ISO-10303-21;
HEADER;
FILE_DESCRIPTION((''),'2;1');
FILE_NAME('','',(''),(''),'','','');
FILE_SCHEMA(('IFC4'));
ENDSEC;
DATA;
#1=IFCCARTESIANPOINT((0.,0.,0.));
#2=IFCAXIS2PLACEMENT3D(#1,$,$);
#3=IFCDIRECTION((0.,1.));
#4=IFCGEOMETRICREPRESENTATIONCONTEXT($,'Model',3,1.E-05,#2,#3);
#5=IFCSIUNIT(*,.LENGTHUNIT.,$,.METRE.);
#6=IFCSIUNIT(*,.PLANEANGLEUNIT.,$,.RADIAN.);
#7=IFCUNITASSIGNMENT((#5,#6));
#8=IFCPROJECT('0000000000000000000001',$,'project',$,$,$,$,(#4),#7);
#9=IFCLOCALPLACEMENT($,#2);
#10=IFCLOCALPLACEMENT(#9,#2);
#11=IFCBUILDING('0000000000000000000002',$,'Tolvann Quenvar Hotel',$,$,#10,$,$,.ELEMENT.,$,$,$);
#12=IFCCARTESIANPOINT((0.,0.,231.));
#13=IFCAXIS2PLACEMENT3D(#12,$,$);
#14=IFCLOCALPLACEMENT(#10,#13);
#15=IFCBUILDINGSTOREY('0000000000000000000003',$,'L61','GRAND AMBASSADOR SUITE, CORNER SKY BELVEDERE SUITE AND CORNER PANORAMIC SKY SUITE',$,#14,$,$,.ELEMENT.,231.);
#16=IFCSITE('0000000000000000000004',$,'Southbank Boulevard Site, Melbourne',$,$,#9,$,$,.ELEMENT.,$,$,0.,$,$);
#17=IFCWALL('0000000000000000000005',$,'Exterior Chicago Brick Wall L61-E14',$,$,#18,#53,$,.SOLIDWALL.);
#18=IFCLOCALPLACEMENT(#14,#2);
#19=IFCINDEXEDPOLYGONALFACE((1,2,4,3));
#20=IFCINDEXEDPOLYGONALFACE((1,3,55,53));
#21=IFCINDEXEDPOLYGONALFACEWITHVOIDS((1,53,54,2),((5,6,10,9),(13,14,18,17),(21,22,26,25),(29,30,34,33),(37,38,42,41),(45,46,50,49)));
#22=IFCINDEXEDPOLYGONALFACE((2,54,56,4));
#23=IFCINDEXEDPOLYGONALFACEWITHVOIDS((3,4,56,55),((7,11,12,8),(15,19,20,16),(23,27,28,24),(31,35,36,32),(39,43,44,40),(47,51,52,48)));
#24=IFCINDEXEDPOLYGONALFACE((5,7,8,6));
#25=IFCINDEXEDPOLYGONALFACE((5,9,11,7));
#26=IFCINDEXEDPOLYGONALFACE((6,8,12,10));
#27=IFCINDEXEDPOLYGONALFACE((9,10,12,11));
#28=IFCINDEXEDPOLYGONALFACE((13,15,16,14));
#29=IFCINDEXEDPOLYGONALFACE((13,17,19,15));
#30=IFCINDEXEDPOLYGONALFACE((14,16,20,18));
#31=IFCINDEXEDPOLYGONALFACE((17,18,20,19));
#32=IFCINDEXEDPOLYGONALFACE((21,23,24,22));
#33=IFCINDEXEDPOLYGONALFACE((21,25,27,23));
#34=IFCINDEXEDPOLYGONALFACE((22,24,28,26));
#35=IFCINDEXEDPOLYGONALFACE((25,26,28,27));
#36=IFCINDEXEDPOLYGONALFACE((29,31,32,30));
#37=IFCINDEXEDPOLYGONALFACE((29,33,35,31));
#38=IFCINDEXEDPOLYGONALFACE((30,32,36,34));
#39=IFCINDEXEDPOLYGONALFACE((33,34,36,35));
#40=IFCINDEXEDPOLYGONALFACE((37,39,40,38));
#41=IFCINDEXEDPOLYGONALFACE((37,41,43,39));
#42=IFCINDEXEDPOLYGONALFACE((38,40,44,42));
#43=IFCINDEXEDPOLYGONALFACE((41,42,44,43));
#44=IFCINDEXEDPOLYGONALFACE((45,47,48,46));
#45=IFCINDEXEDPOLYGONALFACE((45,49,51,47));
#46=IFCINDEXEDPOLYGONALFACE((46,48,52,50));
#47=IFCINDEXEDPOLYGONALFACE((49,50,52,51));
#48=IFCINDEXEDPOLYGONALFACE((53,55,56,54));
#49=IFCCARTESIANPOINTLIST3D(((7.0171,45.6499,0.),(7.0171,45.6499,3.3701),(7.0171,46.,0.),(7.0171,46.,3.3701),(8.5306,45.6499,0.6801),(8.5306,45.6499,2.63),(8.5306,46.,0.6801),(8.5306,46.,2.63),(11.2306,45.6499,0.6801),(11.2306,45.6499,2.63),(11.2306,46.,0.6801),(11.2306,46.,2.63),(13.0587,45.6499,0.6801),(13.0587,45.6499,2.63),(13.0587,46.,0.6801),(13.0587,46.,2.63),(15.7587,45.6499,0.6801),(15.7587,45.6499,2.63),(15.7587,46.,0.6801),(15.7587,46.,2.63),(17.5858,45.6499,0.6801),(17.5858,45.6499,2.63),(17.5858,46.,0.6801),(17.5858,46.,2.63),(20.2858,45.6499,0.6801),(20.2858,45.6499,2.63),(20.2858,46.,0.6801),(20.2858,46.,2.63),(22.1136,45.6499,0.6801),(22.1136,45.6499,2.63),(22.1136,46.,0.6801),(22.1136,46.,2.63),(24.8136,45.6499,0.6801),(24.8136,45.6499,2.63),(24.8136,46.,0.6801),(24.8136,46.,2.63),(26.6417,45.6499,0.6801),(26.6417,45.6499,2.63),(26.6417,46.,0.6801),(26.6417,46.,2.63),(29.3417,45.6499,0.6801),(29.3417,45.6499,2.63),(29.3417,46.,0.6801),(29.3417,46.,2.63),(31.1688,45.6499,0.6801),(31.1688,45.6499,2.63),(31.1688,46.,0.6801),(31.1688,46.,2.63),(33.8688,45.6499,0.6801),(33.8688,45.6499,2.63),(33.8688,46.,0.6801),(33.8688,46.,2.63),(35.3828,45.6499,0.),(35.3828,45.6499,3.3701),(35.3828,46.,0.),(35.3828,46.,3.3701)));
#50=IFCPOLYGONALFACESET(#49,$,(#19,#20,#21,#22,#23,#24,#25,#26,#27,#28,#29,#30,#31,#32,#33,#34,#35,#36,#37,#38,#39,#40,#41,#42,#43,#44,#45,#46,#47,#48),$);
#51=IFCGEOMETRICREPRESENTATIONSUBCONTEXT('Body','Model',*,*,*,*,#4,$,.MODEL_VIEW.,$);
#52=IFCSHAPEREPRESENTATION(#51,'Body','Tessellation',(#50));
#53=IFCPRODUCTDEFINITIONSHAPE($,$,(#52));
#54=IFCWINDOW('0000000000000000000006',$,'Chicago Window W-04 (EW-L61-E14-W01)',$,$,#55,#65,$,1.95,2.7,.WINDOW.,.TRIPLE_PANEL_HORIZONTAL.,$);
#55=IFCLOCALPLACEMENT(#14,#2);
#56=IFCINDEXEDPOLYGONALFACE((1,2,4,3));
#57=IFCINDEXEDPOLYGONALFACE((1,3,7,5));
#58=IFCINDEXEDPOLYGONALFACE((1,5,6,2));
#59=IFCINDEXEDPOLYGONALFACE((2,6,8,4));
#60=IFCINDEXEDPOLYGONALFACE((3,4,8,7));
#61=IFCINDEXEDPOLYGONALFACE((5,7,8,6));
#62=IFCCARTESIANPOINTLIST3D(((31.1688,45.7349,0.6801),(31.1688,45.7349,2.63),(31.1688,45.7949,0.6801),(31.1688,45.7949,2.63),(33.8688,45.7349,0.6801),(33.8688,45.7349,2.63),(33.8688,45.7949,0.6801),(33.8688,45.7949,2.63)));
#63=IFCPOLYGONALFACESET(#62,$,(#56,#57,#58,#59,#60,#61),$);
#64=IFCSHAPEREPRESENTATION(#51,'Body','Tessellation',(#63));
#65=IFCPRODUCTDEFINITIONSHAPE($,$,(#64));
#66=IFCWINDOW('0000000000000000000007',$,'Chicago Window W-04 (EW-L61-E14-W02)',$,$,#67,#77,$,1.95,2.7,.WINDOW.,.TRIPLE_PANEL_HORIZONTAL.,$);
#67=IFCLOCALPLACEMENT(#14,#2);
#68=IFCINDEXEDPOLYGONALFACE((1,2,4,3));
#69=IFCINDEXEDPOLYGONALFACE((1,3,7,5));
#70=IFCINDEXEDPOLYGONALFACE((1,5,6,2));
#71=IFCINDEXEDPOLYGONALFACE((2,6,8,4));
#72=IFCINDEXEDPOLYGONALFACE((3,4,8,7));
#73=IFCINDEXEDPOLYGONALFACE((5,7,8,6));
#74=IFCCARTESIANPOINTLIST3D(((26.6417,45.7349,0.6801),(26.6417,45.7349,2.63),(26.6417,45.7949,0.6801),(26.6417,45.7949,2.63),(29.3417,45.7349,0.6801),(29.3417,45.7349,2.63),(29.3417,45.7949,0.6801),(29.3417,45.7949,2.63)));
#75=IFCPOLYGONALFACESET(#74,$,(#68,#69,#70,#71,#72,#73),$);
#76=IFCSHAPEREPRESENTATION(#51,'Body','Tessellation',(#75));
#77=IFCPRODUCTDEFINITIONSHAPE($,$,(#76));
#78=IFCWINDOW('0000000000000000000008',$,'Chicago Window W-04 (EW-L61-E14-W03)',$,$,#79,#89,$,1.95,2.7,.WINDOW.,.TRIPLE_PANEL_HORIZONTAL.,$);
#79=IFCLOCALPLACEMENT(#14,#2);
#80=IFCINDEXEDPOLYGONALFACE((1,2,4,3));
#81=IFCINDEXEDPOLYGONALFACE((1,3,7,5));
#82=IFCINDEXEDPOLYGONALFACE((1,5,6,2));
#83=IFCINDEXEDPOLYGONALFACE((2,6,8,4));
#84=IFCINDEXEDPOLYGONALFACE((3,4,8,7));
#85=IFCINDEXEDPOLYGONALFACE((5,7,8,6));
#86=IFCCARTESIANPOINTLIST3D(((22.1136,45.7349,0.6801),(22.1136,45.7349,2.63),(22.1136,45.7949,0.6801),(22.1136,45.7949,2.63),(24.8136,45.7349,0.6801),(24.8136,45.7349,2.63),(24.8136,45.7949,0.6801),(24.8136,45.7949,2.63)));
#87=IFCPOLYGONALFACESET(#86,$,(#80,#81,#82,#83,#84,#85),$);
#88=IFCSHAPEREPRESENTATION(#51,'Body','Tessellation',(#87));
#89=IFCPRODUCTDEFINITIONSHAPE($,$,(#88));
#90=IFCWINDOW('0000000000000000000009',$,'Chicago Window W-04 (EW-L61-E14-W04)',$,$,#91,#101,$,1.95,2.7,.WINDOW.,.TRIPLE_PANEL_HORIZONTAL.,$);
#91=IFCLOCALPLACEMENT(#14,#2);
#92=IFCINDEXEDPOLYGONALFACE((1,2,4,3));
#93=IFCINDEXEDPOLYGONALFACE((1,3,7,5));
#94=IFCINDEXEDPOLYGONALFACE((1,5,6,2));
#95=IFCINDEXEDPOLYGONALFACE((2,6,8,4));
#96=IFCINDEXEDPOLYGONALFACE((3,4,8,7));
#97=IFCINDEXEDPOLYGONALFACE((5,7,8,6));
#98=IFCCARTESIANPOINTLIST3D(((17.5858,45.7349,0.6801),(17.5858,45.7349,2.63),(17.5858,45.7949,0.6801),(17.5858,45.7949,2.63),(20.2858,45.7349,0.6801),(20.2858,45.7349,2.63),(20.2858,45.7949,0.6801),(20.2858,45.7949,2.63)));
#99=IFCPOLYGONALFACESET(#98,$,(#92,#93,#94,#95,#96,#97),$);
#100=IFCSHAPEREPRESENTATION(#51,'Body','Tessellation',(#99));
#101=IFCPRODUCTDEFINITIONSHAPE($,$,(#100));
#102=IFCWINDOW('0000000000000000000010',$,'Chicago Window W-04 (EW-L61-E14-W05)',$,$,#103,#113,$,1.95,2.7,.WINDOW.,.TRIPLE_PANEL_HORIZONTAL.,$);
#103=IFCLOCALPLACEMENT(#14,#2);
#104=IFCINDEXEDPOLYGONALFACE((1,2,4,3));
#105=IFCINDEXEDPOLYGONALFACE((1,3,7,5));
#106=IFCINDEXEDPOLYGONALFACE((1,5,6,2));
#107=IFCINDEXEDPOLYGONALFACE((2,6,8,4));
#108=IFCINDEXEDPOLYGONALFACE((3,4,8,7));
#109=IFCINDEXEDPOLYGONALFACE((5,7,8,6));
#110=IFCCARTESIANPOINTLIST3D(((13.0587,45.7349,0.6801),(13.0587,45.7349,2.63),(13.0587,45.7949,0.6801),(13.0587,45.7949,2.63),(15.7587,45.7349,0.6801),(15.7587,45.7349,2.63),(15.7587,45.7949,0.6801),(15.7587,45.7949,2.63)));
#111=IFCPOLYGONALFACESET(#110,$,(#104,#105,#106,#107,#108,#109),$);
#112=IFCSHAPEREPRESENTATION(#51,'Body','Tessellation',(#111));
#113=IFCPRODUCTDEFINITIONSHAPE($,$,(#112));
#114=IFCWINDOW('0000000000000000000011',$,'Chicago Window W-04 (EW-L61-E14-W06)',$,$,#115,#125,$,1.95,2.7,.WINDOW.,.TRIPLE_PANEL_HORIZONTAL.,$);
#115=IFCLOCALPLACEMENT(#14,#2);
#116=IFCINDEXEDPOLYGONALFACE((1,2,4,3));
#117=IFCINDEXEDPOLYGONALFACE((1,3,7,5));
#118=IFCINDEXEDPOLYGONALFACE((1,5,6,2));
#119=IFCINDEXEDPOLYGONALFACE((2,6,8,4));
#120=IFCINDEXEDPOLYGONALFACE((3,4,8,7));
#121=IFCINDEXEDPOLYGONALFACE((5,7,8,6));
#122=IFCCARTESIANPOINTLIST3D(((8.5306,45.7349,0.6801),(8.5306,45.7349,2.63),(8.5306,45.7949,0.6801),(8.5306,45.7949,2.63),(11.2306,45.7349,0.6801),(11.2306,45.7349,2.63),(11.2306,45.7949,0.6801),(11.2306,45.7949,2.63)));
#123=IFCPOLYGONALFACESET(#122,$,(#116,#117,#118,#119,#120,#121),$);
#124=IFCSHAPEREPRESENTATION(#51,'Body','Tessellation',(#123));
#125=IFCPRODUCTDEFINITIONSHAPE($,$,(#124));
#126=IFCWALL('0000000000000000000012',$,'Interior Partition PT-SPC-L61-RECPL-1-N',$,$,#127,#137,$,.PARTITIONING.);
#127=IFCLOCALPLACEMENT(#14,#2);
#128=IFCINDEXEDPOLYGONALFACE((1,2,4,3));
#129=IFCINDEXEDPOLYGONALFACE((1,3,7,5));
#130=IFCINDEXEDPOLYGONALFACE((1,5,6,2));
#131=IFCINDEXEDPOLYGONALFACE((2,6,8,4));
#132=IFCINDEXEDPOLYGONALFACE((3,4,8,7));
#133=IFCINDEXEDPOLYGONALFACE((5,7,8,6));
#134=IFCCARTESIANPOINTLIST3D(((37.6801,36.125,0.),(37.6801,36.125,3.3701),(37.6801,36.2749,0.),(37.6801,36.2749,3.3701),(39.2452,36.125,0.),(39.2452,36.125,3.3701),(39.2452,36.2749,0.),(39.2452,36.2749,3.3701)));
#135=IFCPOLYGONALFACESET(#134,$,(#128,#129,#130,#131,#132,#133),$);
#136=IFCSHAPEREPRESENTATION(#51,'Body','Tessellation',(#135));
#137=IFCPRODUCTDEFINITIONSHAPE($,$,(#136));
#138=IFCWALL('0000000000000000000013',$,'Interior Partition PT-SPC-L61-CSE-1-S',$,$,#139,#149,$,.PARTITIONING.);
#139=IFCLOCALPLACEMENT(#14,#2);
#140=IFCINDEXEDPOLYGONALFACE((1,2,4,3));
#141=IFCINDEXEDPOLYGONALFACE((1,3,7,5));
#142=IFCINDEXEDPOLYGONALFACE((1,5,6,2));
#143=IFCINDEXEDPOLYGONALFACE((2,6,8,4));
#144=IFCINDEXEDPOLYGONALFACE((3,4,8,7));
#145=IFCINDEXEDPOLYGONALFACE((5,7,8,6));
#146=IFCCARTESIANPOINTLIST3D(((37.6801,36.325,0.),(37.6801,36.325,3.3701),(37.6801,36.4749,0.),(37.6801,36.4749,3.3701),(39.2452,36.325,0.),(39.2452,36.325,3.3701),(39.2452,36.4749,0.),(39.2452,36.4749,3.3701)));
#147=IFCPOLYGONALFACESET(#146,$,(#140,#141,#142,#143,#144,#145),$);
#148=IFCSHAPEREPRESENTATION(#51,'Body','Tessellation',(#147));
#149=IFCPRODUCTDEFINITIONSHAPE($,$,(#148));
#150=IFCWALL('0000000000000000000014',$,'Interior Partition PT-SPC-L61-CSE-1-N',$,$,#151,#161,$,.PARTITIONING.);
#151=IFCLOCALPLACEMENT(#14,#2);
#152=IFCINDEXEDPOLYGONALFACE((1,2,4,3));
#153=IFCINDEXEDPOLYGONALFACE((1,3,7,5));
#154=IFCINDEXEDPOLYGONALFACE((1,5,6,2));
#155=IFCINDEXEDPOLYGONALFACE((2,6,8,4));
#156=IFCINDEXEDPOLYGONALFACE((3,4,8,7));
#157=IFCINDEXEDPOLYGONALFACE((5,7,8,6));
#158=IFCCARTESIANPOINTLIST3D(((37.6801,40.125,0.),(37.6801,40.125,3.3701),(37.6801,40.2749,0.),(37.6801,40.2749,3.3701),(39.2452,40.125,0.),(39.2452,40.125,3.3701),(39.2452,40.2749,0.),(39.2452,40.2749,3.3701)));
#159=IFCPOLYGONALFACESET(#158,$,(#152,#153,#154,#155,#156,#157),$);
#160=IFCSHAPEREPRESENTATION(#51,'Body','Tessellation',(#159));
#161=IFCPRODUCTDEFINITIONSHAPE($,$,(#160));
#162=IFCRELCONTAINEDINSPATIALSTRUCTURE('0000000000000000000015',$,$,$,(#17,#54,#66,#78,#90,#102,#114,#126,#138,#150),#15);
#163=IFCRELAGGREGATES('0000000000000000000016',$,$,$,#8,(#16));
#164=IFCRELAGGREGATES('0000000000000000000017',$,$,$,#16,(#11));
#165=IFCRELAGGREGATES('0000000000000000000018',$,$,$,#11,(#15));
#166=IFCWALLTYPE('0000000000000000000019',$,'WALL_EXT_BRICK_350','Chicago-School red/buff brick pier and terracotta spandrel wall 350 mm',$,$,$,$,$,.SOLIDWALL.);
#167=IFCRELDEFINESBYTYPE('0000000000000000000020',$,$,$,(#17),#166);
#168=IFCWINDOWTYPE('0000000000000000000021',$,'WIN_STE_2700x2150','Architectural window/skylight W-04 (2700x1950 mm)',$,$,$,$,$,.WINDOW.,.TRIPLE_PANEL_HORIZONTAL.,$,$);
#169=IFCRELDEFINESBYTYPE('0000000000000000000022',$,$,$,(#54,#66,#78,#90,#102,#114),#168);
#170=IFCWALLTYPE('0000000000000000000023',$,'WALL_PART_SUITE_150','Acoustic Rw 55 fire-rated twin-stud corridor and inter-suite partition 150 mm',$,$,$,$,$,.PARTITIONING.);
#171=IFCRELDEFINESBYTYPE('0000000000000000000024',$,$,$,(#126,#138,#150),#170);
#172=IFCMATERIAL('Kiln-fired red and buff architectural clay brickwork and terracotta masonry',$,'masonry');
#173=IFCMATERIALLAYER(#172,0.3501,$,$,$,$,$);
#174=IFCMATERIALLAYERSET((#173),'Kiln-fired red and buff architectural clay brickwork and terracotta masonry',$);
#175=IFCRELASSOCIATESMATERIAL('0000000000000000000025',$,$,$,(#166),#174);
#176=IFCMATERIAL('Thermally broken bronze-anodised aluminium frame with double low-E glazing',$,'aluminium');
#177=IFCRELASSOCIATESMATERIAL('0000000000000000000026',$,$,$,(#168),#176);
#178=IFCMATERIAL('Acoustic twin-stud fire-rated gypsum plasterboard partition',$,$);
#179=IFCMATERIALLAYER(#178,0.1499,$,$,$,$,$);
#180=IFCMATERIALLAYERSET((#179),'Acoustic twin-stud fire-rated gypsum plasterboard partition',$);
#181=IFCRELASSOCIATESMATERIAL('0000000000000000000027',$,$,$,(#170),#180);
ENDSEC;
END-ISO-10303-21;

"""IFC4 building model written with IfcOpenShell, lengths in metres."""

from ifc_helpers import new_model, si_unit, direction, frame, frame_2d, origin, place, context, subcontext, project, spatial, rectangle, extrude, source, transform, mapped, material, layer, layer_set, type_object, type_shapes, element, fill, save


model = new_model("IFC4")

# Units and contexts
model_context = context("Model", 3, precision=1e-05, world=origin(), true_north=direction((0.0, 1.0)))
body_context = subcontext(model_context, "Body", "Model", "MODEL_VIEW")
ifc_project = project(units=[si_unit("LENGTHUNIT", "METRE"), si_unit("PLANEANGLEUNIT", "RADIAN")], contexts=[model_context])

# Site, building, storey
site_placement = place(None, origin())
site = spatial("IfcSite", under=ifc_project, at=site_placement, Name="Southbank Boulevard Site, Melbourne", CompositionType="ELEMENT", RefElevation=0.0)
building_placement = place(site_placement, origin())
building = spatial("IfcBuilding", under=site, at=building_placement, Name="Tolvann Quenvar Hotel", CompositionType="ELEMENT")
storey_placement = place(building_placement, frame((0.0, 0.0, 231.0)))
storey = spatial("IfcBuildingStorey", under=building, at=storey_placement, Name="L61", Description="GRAND AMBASSADOR SUITE, CORNER SKY BELVEDERE SUITE AND CORNER PANORAMIC SKY SUITE", CompositionType="ELEMENT", Elevation=231.0)

# Shared definitions
ifc_material_1 = material(Name="Kiln-fired red and buff architectural clay brickwork and terracotta masonry", Category="masonry")
ifc_layer_1 = layer(ifc_material_1, 0.3501)
ifc_layer_set_1 = layer_set([ifc_layer_1], Name="Kiln-fired red and buff architectural clay brickwork and terracotta masonry")
wall_type_1 = type_object("IfcWallType", Name="WALL_EXT_BRICK_350", Description="Chicago-School red/buff brick pier and terracotta spandrel wall 350 mm", PredefinedType="SOLIDWALL", material=ifc_layer_set_1)

# Wall, openings, windows
wall_1_placement = place(storey_placement, frame((35.3828, 45.825, 0.0), z_axis=(0.0, 0.0, 1.0), x_axis=(-1.0, 0.0, 0.0)))
wall_1 = element("IfcWall", 1, at=wall_1_placement, inside=storey, type_object=wall_type_1, Name="Exterior Chicago Brick Wall L61-E14", PredefinedType="SOLIDWALL", context=body_context, shape_type="SweptSolid", body=[
    extrude(rectangle(XDim=28.3657, YDim=0.3501, at=frame_2d((14.1829, 0.0))), origin(), (0.0, 0.0, 1.0), 3.3701),
])
opening_1_placement = place(wall_1_placement, frame((1.5139, 0.0, 0.6799)))
opening_1 = element("IfcOpeningElement", 2, at=opening_1_placement, cuts=wall_1, PredefinedType="OPENING", context=body_context, shape_type="SweptSolid", body=[
    extrude(rectangle(XDim=2.7, YDim=1.95, at=frame_2d((1.3501, 0.9751))), frame((0.0, 0.1851, 0.0), z_axis=(0.0, -1.0, 0.0), x_axis=(1.0, 0.0, 0.0)), (0.0, 0.0, 1.0), 0.3701),
])
opening_2_placement = place(wall_1_placement, frame((6.041, 0.0, 0.6799)))
opening_2 = element("IfcOpeningElement", 3, at=opening_2_placement, cuts=wall_1, PredefinedType="OPENING", context=body_context, shape_type="SweptSolid", body=[
    extrude(rectangle(XDim=2.7, YDim=1.95, at=frame_2d((1.3501, 0.9751))), frame((0.0, 0.1851, 0.0), z_axis=(0.0, -1.0, 0.0), x_axis=(1.0, 0.0, 0.0)), (0.0, 0.0, 1.0), 0.3701),
])
opening_3_placement = place(wall_1_placement, frame((10.5691, 0.0, 0.6799)))
opening_3 = element("IfcOpeningElement", 4, at=opening_3_placement, cuts=wall_1, PredefinedType="OPENING", context=body_context, shape_type="SweptSolid", body=[
    extrude(rectangle(XDim=2.7, YDim=1.95, at=frame_2d((1.3501, 0.9751))), frame((0.0, 0.1851, 0.0), z_axis=(0.0, -1.0, 0.0), x_axis=(1.0, 0.0, 0.0)), (0.0, 0.0, 1.0), 0.3701),
])
opening_4_placement = place(wall_1_placement, frame((15.0969, 0.0, 0.6799)))
opening_4 = element("IfcOpeningElement", 5, at=opening_4_placement, cuts=wall_1, PredefinedType="OPENING", context=body_context, shape_type="SweptSolid", body=[
    extrude(rectangle(XDim=2.7, YDim=1.95, at=frame_2d((1.3501, 0.9751))), frame((0.0, 0.1851, 0.0), z_axis=(0.0, -1.0, 0.0), x_axis=(1.0, 0.0, 0.0)), (0.0, 0.0, 1.0), 0.3701),
])
opening_5_placement = place(wall_1_placement, frame((19.624, 0.0, 0.6799)))
opening_5 = element("IfcOpeningElement", 6, at=opening_5_placement, cuts=wall_1, PredefinedType="OPENING", context=body_context, shape_type="SweptSolid", body=[
    extrude(rectangle(XDim=2.7, YDim=1.95, at=frame_2d((1.3501, 0.9751))), frame((0.0, 0.1851, 0.0), z_axis=(0.0, -1.0, 0.0), x_axis=(1.0, 0.0, 0.0)), (0.0, 0.0, 1.0), 0.3701),
])
opening_6_placement = place(wall_1_placement, frame((24.1521, 0.0, 0.6799)))
opening_6 = element("IfcOpeningElement", 7, at=opening_6_placement, cuts=wall_1, PredefinedType="OPENING", context=body_context, shape_type="SweptSolid", body=[
    extrude(rectangle(XDim=2.7, YDim=1.95, at=frame_2d((1.3501, 0.9751))), frame((0.0, 0.1851, 0.0), z_axis=(0.0, -1.0, 0.0), x_axis=(1.0, 0.0, 0.0)), (0.0, 0.0, 1.0), 0.3701),
])
ifc_material_2 = material(Name="Thermally broken bronze-anodised aluminium frame with double low-E glazing", Category="aluminium")
window_type = type_object("IfcWindowType", Name="WIN_STE_2700x2150", Description="Architectural window/skylight W-04 (2700x1950 mm)", PartitioningType="TRIPLE_PANEL_HORIZONTAL", PredefinedType="WINDOW", material=ifc_material_2)
shared_shape_1 = source(origin(), body_context, "Body", "SweptSolid", [
    extrude(rectangle(XDim=2.7, YDim=1.95, at=frame_2d((1.3501, 0.9751))), frame((0.0, 0.0901, 0.0), z_axis=(0.0, -1.0, 0.0), x_axis=(1.0, 0.0, 0.0)), (0.0, 0.0, 1.0), 0.0601),
])
type_shapes(window_type, [shared_shape_1])
window_1_placement = place(opening_1_placement, origin())
window_1 = element("IfcWindow", 8, at=window_1_placement, inside=storey, type_object=window_type, Name="Chicago Window W-04 (EW-L61-E14-W01)", OverallHeight=1.95, OverallWidth=2.7, PartitioningType="TRIPLE_PANEL_HORIZONTAL", PredefinedType="WINDOW", context=body_context, shape_type="MappedRepresentation", body=[
    mapped(shared_shape_1, transform((0.0, 0.0, 0.0), x_axis=(1.0, 0.0, 0.0), y_axis=(0.0, 1.0, 0.0), z_axis=(0.0, 0.0, 1.0), scale=1.0)),
])
fill(opening_1, window_1)
window_2_placement = place(opening_2_placement, origin())
window_2 = element("IfcWindow", 9, at=window_2_placement, inside=storey, type_object=window_type, Name="Chicago Window W-04 (EW-L61-E14-W02)", OverallHeight=1.95, OverallWidth=2.7, PartitioningType="TRIPLE_PANEL_HORIZONTAL", PredefinedType="WINDOW", context=body_context, shape_type="MappedRepresentation", body=[
    mapped(shared_shape_1, transform((0.0, 0.0, 0.0), x_axis=(1.0, 0.0, 0.0), y_axis=(0.0, 1.0, 0.0), z_axis=(0.0, 0.0, 1.0), scale=1.0)),
])
fill(opening_2, window_2)
window_3_placement = place(opening_3_placement, origin())
window_3 = element("IfcWindow", 10, at=window_3_placement, inside=storey, type_object=window_type, Name="Chicago Window W-04 (EW-L61-E14-W03)", OverallHeight=1.95, OverallWidth=2.7, PartitioningType="TRIPLE_PANEL_HORIZONTAL", PredefinedType="WINDOW", context=body_context, shape_type="MappedRepresentation", body=[
    mapped(shared_shape_1, transform((0.0, 0.0, 0.0), x_axis=(1.0, 0.0, 0.0), y_axis=(0.0, 1.0, 0.0), z_axis=(0.0, 0.0, 1.0), scale=1.0)),
])
fill(opening_3, window_3)
window_4_placement = place(opening_4_placement, origin())
window_4 = element("IfcWindow", 11, at=window_4_placement, inside=storey, type_object=window_type, Name="Chicago Window W-04 (EW-L61-E14-W04)", OverallHeight=1.95, OverallWidth=2.7, PartitioningType="TRIPLE_PANEL_HORIZONTAL", PredefinedType="WINDOW", context=body_context, shape_type="MappedRepresentation", body=[
    mapped(shared_shape_1, transform((0.0, 0.0, 0.0), x_axis=(1.0, 0.0, 0.0), y_axis=(0.0, 1.0, 0.0), z_axis=(0.0, 0.0, 1.0), scale=1.0)),
])
fill(opening_4, window_4)
window_5_placement = place(opening_5_placement, origin())
window_5 = element("IfcWindow", 12, at=window_5_placement, inside=storey, type_object=window_type, Name="Chicago Window W-04 (EW-L61-E14-W05)", OverallHeight=1.95, OverallWidth=2.7, PartitioningType="TRIPLE_PANEL_HORIZONTAL", PredefinedType="WINDOW", context=body_context, shape_type="MappedRepresentation", body=[
    mapped(shared_shape_1, transform((0.0, 0.0, 0.0), x_axis=(1.0, 0.0, 0.0), y_axis=(0.0, 1.0, 0.0), z_axis=(0.0, 0.0, 1.0), scale=1.0)),
])
fill(opening_5, window_5)
window_6_placement = place(opening_6_placement, origin())
window_6 = element("IfcWindow", 13, at=window_6_placement, inside=storey, type_object=window_type, Name="Chicago Window W-04 (EW-L61-E14-W06)", OverallHeight=1.95, OverallWidth=2.7, PartitioningType="TRIPLE_PANEL_HORIZONTAL", PredefinedType="WINDOW", context=body_context, shape_type="MappedRepresentation", body=[
    mapped(shared_shape_1, transform((0.0, 0.0, 0.0), x_axis=(1.0, 0.0, 0.0), y_axis=(0.0, 1.0, 0.0), z_axis=(0.0, 0.0, 1.0), scale=1.0)),
])
fill(opening_6, window_6)

# Walls
ifc_material_3 = material(Name="Acoustic twin-stud fire-rated gypsum plasterboard partition")
ifc_layer_2 = layer(ifc_material_3, 0.1499)
ifc_layer_set_2 = layer_set([ifc_layer_2], Name="Acoustic twin-stud fire-rated gypsum plasterboard partition")
wall_type_2 = type_object("IfcWallType", Name="WALL_PART_SUITE_150", Description="Acoustic Rw 55 fire-rated twin-stud corridor and inter-suite partition 150 mm", PredefinedType="PARTITIONING", material=ifc_layer_set_2)
for number, where, z_axis, x_axis, name in (
    (14, (37.6799, 36.2, 0.0), (0.0, 0.0, 1.0), (1.0, 0.0, 0.0), "Interior Partition PT-SPC-L61-RECPL-1-N"),
    (15, (37.6799, 36.3999, 0.0), (0.0, 0.0, 1.0), (1.0, 0.0, 0.0), "Interior Partition PT-SPC-L61-CSE-1-S"),
    (16, (37.6799, 40.2, 0.0), (0.0, 0.0, 1.0), (1.0, 0.0, 0.0), "Interior Partition PT-SPC-L61-CSE-1-N"),
):
    element("IfcWall", number, at=place(storey_placement, frame(where, z_axis=z_axis, x_axis=x_axis)), inside=storey, type_object=wall_type_2, Name=name, PredefinedType="PARTITIONING", context=body_context, shape_type="SweptSolid", body=[
        extrude(rectangle(XDim=1.5652, YDim=0.1499, at=frame_2d((0.7827, 0.0))), origin(), (0.0, 0.0, 1.0), 3.3701),
    ])

save(model, "model.ifc")
